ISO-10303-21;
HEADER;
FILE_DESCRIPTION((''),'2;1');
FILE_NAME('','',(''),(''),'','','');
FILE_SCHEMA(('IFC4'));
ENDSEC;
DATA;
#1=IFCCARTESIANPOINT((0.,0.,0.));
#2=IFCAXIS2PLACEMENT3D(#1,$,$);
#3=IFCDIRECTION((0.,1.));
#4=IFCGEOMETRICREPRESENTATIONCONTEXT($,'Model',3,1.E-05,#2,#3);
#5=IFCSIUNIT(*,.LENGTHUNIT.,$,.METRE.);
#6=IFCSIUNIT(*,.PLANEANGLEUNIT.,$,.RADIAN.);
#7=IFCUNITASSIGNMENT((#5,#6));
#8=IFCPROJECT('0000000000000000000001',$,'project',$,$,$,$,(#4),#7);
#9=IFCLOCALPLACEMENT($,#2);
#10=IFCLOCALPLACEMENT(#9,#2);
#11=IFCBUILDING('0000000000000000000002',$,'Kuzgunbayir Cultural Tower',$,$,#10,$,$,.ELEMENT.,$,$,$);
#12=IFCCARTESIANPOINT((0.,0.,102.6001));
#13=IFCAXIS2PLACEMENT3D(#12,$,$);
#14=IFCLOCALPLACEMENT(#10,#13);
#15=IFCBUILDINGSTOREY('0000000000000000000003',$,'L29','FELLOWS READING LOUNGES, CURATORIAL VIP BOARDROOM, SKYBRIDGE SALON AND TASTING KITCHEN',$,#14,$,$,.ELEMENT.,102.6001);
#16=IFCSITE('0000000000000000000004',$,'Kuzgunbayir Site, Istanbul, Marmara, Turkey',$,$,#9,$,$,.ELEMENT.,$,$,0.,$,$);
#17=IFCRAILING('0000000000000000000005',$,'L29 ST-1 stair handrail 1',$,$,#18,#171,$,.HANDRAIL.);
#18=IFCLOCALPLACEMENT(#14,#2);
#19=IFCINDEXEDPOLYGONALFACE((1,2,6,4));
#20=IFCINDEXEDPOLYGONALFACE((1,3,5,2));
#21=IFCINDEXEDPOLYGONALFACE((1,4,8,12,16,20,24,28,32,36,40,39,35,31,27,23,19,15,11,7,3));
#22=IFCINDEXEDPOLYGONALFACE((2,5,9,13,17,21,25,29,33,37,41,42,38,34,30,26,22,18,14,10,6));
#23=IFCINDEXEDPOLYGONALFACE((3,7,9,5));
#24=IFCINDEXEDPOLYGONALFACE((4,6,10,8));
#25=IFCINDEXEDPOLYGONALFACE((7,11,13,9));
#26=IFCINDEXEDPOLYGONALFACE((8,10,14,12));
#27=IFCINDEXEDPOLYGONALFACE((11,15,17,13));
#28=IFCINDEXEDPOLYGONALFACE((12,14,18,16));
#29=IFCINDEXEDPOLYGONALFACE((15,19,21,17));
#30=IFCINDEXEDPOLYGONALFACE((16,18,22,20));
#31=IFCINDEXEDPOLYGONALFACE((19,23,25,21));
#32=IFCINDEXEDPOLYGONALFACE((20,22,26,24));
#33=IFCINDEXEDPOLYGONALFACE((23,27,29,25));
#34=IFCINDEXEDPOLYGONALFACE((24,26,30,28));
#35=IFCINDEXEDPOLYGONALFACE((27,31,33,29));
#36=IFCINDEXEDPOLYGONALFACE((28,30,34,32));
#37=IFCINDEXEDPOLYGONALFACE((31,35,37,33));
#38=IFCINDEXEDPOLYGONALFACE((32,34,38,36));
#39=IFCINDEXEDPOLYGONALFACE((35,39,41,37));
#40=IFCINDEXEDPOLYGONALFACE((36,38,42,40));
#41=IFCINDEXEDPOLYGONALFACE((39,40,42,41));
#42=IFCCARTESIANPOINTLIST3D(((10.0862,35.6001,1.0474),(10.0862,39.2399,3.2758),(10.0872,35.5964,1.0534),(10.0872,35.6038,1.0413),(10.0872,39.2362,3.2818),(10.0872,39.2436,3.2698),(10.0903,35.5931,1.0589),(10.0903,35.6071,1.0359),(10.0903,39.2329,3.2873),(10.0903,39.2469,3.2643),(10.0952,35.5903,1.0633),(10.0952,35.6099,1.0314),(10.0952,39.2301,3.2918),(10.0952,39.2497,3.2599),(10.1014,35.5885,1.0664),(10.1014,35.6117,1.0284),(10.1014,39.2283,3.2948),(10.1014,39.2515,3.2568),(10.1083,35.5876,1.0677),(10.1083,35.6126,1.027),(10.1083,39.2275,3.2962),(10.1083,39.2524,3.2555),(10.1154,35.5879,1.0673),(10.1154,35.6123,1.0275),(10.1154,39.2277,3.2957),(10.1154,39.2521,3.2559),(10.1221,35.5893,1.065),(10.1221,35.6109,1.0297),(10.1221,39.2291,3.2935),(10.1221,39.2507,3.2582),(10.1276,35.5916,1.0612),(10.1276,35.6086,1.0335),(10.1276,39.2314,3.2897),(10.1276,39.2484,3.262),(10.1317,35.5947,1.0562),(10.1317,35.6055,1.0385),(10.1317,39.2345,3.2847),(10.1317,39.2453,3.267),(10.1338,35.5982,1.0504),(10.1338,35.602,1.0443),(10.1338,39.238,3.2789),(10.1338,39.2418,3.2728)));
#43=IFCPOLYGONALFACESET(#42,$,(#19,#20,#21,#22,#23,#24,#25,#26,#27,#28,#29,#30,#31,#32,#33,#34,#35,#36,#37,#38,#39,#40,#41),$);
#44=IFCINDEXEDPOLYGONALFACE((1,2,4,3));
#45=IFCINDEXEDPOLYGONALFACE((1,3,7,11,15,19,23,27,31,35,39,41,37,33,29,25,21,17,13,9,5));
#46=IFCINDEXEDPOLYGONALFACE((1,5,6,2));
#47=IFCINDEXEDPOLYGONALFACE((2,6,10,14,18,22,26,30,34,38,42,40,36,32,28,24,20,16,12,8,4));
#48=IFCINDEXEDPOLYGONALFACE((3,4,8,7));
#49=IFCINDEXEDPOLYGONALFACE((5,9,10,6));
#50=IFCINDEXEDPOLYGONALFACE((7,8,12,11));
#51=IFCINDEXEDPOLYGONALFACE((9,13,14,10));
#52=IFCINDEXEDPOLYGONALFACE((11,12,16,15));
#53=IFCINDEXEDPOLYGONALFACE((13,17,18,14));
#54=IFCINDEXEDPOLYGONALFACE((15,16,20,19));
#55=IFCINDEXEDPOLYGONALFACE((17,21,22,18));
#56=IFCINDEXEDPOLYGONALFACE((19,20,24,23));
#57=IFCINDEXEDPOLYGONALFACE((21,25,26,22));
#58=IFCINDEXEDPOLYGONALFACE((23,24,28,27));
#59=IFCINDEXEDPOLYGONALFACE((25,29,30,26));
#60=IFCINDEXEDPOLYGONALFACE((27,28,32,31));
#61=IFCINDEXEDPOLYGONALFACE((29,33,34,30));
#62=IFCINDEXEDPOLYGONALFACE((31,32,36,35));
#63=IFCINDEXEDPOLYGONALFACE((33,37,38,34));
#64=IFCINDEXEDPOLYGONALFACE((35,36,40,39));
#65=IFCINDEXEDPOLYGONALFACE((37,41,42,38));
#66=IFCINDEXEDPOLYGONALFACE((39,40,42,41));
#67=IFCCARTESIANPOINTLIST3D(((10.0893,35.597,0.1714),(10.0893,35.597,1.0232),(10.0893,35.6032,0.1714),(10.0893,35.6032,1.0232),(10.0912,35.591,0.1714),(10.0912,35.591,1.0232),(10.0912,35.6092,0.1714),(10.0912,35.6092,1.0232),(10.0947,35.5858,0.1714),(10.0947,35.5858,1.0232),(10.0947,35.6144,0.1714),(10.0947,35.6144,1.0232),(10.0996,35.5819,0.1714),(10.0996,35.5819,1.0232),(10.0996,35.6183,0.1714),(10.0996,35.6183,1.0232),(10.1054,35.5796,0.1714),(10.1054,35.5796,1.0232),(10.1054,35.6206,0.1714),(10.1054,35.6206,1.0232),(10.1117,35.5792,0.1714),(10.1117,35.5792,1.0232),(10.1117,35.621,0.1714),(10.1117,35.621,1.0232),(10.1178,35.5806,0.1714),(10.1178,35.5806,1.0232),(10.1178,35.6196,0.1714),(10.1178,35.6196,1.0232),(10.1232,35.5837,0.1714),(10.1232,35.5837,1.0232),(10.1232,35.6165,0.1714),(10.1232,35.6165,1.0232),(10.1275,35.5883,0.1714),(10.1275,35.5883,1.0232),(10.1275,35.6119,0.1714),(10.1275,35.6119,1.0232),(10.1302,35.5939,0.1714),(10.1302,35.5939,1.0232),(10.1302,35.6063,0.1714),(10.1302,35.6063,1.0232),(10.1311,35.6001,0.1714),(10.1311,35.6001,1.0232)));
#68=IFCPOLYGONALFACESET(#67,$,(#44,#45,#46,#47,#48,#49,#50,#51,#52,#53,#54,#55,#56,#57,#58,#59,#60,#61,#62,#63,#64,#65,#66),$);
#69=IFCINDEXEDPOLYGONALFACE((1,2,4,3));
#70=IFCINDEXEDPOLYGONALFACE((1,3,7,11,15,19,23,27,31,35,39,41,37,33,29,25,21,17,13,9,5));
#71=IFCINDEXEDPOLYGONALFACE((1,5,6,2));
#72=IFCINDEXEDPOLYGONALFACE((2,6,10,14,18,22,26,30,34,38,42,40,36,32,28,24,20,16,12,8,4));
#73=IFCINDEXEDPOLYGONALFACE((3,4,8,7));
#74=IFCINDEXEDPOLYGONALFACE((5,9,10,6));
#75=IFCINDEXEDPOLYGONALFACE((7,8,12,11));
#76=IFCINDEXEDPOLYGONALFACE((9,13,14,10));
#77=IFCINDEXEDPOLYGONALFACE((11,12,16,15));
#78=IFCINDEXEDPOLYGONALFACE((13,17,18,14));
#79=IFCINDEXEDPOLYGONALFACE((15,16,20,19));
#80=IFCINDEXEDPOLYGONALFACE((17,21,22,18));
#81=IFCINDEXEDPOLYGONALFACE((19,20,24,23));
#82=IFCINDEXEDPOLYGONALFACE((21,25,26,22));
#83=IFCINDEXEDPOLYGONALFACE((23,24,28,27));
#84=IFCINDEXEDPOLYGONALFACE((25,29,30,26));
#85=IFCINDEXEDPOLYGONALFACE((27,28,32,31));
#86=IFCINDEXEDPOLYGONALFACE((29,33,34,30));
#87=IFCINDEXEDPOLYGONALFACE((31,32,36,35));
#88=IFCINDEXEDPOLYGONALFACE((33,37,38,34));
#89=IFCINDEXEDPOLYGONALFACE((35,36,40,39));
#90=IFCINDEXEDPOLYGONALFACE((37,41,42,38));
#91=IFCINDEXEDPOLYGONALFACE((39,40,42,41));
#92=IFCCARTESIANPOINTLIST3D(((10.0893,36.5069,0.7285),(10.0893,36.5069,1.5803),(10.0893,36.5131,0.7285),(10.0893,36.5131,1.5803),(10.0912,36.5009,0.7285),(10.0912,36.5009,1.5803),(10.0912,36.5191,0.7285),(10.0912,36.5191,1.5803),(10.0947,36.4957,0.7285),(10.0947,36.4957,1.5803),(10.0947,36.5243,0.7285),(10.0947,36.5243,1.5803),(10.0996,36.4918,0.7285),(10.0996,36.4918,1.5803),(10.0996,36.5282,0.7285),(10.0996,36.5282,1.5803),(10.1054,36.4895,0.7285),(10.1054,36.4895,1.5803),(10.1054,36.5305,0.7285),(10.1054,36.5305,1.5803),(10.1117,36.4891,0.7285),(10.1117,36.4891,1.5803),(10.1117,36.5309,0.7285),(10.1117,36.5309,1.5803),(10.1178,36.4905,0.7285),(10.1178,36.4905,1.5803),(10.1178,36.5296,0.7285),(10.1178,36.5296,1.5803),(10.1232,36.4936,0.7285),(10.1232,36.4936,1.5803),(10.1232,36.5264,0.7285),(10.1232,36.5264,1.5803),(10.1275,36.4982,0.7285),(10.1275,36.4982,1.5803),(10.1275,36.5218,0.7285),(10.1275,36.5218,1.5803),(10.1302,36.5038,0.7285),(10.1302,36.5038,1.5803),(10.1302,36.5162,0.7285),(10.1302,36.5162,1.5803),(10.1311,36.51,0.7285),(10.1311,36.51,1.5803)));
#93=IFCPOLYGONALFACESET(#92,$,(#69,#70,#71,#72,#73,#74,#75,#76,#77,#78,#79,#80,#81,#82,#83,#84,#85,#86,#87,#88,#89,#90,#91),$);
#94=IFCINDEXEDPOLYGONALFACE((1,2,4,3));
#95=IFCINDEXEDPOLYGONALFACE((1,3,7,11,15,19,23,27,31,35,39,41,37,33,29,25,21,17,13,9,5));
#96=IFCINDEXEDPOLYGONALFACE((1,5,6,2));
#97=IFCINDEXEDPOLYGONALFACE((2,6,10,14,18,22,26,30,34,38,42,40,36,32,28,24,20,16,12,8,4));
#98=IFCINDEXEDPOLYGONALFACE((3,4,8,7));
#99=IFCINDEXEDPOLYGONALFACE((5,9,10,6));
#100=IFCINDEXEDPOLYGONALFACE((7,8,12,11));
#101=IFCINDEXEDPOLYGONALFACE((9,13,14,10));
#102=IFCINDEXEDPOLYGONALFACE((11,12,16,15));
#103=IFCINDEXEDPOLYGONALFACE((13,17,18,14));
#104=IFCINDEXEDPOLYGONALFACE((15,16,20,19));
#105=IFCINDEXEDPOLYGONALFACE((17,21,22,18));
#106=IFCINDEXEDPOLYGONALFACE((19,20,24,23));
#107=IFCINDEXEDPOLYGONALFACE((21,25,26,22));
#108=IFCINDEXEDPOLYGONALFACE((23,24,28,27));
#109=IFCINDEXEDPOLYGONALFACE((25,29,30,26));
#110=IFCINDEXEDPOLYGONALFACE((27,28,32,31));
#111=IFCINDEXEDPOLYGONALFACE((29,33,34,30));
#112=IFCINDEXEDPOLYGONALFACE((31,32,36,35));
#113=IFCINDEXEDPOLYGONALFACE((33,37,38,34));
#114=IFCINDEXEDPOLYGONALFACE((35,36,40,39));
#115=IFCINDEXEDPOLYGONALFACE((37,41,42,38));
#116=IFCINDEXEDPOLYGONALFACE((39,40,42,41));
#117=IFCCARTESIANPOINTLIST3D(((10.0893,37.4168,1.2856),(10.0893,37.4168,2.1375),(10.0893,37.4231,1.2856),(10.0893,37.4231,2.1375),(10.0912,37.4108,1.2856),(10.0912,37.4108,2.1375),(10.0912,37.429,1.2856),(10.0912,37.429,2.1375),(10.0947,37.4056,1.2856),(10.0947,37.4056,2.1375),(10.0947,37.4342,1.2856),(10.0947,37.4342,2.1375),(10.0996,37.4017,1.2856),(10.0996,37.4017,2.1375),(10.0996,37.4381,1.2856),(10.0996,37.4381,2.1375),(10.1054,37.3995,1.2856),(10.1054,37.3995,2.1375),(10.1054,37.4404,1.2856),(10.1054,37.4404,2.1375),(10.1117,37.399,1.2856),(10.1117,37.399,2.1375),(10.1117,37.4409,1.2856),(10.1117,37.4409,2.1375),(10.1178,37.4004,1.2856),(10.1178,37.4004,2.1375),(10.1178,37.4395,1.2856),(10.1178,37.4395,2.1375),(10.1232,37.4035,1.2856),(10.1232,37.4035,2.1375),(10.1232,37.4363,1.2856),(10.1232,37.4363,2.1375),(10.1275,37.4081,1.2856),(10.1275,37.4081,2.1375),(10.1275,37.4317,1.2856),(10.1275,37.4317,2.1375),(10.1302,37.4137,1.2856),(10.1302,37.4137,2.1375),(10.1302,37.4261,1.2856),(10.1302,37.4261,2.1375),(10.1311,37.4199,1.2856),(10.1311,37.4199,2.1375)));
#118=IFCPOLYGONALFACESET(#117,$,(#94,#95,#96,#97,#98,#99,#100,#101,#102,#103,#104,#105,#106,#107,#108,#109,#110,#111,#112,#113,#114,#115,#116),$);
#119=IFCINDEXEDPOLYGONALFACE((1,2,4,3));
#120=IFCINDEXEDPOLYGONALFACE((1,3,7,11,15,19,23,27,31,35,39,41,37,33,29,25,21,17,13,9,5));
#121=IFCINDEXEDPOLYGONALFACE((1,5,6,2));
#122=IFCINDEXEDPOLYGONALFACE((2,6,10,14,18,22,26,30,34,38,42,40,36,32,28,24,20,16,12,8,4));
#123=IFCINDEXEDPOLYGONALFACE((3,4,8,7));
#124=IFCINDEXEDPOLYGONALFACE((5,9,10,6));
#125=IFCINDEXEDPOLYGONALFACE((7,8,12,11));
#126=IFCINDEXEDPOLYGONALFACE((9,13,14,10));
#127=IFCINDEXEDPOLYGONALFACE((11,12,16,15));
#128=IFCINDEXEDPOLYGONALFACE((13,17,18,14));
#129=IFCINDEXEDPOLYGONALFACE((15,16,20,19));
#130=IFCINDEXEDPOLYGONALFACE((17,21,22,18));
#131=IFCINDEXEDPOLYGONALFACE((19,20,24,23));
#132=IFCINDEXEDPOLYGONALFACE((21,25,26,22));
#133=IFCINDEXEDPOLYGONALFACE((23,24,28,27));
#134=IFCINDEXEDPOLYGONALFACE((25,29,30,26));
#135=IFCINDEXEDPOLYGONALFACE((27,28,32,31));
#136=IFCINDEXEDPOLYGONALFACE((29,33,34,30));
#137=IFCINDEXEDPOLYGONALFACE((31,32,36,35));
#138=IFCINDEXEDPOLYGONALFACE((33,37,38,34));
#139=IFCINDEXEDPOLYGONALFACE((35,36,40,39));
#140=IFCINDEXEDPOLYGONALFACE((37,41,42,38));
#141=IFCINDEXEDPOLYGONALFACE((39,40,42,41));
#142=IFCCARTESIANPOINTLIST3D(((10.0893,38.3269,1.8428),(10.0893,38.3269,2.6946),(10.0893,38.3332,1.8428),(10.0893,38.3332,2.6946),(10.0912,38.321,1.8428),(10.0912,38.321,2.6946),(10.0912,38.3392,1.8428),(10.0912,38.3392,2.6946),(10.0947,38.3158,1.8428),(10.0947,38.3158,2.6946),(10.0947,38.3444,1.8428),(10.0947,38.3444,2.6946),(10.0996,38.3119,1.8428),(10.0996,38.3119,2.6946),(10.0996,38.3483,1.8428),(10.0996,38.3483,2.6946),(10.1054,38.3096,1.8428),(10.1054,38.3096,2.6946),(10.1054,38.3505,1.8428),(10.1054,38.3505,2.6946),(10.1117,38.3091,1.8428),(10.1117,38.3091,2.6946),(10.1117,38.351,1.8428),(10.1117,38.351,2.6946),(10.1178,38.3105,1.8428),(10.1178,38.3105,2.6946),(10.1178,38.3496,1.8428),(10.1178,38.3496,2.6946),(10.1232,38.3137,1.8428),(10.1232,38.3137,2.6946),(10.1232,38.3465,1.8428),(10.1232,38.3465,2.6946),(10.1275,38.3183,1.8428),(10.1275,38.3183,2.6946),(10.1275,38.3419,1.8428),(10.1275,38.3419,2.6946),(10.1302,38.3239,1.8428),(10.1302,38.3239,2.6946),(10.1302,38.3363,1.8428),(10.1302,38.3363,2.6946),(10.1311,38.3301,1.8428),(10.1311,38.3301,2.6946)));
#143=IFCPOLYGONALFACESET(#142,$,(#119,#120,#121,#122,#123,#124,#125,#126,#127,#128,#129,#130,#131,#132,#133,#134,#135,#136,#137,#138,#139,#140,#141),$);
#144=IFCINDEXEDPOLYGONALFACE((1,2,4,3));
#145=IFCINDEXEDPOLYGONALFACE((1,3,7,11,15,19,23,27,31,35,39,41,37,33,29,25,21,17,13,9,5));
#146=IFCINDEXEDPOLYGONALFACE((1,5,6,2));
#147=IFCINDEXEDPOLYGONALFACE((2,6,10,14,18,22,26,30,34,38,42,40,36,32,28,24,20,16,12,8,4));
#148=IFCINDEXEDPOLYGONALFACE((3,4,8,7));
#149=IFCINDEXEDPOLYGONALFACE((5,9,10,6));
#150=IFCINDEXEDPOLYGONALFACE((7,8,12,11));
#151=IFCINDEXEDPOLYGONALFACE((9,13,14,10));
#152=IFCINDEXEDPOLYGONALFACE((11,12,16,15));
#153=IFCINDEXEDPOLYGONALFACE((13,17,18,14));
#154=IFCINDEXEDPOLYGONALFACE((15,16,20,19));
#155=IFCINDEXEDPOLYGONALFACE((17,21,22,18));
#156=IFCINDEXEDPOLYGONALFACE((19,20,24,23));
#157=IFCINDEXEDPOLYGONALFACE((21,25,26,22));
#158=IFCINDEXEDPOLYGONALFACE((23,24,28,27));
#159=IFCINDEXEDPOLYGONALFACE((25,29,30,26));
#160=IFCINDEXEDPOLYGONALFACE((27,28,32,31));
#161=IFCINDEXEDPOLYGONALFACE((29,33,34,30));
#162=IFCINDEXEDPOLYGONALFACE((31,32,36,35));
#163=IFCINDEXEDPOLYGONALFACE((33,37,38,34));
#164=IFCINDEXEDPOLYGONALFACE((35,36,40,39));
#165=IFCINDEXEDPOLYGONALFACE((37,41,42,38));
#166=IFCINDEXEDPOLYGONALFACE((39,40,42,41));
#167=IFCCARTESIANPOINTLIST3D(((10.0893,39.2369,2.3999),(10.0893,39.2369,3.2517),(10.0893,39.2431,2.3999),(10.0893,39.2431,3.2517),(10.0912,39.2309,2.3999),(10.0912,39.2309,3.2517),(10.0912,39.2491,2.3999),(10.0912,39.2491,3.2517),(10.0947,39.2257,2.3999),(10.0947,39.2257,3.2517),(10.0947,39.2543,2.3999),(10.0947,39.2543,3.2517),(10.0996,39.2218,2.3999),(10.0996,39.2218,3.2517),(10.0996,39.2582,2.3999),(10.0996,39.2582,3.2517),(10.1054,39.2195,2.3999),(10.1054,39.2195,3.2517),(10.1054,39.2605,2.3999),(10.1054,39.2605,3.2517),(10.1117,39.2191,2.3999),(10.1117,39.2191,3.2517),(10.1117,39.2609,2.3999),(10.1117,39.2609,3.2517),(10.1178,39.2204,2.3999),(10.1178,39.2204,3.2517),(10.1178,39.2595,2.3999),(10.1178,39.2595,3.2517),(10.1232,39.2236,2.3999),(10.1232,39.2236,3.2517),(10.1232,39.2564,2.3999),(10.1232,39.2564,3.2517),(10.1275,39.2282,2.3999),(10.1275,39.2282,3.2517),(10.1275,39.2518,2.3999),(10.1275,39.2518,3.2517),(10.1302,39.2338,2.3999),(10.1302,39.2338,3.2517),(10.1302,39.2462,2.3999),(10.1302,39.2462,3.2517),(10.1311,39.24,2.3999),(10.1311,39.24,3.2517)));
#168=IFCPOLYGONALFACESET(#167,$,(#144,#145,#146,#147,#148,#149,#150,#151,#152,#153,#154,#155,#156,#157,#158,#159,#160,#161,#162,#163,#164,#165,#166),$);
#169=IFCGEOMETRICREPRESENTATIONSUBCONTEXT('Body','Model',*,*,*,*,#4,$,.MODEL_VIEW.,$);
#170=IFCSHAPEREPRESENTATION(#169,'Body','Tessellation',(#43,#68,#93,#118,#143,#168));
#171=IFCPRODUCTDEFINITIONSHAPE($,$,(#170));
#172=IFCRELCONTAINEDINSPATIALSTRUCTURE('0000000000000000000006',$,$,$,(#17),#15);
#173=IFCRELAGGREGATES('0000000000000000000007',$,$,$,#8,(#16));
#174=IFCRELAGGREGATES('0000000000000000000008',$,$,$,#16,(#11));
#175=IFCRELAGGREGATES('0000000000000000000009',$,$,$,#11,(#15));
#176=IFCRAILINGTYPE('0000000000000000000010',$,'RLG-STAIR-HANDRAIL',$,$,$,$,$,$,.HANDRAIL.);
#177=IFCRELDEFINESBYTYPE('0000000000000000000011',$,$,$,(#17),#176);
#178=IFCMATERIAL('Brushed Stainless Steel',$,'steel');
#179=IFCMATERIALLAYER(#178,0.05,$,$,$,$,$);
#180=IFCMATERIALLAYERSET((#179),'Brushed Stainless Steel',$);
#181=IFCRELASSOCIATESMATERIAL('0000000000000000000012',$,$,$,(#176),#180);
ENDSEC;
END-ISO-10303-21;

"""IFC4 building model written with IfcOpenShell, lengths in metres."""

from ifc_helpers import new_model, si_unit, direction, frame, origin, origin_2d, place, context, subcontext, project, spatial, circle, extrude, material, layer, layer_set, type_object, element, save


model = new_model("IFC4")

# Units and contexts
model_context = context("Model", 3, precision=1e-05, world=origin(), true_north=direction((0.0, 1.0)))
body_context = subcontext(model_context, "Body", "Model", "MODEL_VIEW")
ifc_project = project(units=[si_unit("LENGTHUNIT", "METRE"), si_unit("PLANEANGLEUNIT", "RADIAN")], contexts=[model_context])

# Site, building, storey
site_placement = place(None, origin())
site = spatial("IfcSite", under=ifc_project, at=site_placement, Name="Kuzgunbayir Site, Istanbul, Marmara, Turkey", CompositionType="ELEMENT", RefElevation=0.0)
building_placement = place(site_placement, origin())
building = spatial("IfcBuilding", under=site, at=building_placement, Name="Kuzgunbayir Cultural Tower", CompositionType="ELEMENT")
storey_placement = place(building_placement, frame((0.0, 0.0, 102.6001)))
storey = spatial("IfcBuildingStorey", under=building, at=storey_placement, Name="L29", Description="FELLOWS READING LOUNGES, CURATORIAL VIP BOARDROOM, SKYBRIDGE SALON AND TASTING KITCHEN", CompositionType="ELEMENT", Elevation=102.6001)

# Shared definitions
ifc_material_1 = material(Name="Brushed Stainless Steel", Category="steel")

# Railing
ifc_layer_1 = layer(ifc_material_1, 0.05)
ifc_layer_set_1 = layer_set([ifc_layer_1], Name="Brushed Stainless Steel")
railing_type_1 = type_object("IfcRailingType", Name="RLG-STAIR-HANDRAIL", PredefinedType="HANDRAIL", material=ifc_layer_set_1)
railing_1_placement = place(storey_placement, frame((10.1101, 35.6001, 0.1714)))
element("IfcRailing", 1, at=railing_1_placement, inside=storey, type_object=railing_type_1, Name="L29 ST-1 stair handrail 1", PredefinedType="HANDRAIL", context=body_context, shape_type="SweptSolid", body=[
    extrude(circle(Radius=0.0239, at=origin_2d()), frame((0.0, 0.0, 0.876), z_axis=(0.0, 0.85285, 0.522156), x_axis=(-1.0, 0.0, 0.0)), (0.0, 0.0, 1.0), 4.2678),
    extrude(circle(Radius=0.021, at=origin_2d()), origin(), (0.0, 0.0, 1.0), 0.8518),
    extrude(circle(Radius=0.021, at=origin_2d()), frame((0.0, 0.9099, 0.5571)), (0.0, 0.0, 1.0), 0.8518),
    extrude(circle(Radius=0.021, at=origin_2d()), frame((0.0, 1.8198, 1.1143)), (0.0, 0.0, 1.0), 0.8518),
    extrude(circle(Radius=0.021, at=origin_2d()), frame((0.0, 2.73, 1.6714)), (0.0, 0.0, 1.0), 0.8518),
    extrude(circle(Radius=0.021, at=origin_2d()), frame((0.0, 3.6399, 2.2285)), (0.0, 0.0, 1.0), 0.8518),
])

save(model, "model.ifc")
